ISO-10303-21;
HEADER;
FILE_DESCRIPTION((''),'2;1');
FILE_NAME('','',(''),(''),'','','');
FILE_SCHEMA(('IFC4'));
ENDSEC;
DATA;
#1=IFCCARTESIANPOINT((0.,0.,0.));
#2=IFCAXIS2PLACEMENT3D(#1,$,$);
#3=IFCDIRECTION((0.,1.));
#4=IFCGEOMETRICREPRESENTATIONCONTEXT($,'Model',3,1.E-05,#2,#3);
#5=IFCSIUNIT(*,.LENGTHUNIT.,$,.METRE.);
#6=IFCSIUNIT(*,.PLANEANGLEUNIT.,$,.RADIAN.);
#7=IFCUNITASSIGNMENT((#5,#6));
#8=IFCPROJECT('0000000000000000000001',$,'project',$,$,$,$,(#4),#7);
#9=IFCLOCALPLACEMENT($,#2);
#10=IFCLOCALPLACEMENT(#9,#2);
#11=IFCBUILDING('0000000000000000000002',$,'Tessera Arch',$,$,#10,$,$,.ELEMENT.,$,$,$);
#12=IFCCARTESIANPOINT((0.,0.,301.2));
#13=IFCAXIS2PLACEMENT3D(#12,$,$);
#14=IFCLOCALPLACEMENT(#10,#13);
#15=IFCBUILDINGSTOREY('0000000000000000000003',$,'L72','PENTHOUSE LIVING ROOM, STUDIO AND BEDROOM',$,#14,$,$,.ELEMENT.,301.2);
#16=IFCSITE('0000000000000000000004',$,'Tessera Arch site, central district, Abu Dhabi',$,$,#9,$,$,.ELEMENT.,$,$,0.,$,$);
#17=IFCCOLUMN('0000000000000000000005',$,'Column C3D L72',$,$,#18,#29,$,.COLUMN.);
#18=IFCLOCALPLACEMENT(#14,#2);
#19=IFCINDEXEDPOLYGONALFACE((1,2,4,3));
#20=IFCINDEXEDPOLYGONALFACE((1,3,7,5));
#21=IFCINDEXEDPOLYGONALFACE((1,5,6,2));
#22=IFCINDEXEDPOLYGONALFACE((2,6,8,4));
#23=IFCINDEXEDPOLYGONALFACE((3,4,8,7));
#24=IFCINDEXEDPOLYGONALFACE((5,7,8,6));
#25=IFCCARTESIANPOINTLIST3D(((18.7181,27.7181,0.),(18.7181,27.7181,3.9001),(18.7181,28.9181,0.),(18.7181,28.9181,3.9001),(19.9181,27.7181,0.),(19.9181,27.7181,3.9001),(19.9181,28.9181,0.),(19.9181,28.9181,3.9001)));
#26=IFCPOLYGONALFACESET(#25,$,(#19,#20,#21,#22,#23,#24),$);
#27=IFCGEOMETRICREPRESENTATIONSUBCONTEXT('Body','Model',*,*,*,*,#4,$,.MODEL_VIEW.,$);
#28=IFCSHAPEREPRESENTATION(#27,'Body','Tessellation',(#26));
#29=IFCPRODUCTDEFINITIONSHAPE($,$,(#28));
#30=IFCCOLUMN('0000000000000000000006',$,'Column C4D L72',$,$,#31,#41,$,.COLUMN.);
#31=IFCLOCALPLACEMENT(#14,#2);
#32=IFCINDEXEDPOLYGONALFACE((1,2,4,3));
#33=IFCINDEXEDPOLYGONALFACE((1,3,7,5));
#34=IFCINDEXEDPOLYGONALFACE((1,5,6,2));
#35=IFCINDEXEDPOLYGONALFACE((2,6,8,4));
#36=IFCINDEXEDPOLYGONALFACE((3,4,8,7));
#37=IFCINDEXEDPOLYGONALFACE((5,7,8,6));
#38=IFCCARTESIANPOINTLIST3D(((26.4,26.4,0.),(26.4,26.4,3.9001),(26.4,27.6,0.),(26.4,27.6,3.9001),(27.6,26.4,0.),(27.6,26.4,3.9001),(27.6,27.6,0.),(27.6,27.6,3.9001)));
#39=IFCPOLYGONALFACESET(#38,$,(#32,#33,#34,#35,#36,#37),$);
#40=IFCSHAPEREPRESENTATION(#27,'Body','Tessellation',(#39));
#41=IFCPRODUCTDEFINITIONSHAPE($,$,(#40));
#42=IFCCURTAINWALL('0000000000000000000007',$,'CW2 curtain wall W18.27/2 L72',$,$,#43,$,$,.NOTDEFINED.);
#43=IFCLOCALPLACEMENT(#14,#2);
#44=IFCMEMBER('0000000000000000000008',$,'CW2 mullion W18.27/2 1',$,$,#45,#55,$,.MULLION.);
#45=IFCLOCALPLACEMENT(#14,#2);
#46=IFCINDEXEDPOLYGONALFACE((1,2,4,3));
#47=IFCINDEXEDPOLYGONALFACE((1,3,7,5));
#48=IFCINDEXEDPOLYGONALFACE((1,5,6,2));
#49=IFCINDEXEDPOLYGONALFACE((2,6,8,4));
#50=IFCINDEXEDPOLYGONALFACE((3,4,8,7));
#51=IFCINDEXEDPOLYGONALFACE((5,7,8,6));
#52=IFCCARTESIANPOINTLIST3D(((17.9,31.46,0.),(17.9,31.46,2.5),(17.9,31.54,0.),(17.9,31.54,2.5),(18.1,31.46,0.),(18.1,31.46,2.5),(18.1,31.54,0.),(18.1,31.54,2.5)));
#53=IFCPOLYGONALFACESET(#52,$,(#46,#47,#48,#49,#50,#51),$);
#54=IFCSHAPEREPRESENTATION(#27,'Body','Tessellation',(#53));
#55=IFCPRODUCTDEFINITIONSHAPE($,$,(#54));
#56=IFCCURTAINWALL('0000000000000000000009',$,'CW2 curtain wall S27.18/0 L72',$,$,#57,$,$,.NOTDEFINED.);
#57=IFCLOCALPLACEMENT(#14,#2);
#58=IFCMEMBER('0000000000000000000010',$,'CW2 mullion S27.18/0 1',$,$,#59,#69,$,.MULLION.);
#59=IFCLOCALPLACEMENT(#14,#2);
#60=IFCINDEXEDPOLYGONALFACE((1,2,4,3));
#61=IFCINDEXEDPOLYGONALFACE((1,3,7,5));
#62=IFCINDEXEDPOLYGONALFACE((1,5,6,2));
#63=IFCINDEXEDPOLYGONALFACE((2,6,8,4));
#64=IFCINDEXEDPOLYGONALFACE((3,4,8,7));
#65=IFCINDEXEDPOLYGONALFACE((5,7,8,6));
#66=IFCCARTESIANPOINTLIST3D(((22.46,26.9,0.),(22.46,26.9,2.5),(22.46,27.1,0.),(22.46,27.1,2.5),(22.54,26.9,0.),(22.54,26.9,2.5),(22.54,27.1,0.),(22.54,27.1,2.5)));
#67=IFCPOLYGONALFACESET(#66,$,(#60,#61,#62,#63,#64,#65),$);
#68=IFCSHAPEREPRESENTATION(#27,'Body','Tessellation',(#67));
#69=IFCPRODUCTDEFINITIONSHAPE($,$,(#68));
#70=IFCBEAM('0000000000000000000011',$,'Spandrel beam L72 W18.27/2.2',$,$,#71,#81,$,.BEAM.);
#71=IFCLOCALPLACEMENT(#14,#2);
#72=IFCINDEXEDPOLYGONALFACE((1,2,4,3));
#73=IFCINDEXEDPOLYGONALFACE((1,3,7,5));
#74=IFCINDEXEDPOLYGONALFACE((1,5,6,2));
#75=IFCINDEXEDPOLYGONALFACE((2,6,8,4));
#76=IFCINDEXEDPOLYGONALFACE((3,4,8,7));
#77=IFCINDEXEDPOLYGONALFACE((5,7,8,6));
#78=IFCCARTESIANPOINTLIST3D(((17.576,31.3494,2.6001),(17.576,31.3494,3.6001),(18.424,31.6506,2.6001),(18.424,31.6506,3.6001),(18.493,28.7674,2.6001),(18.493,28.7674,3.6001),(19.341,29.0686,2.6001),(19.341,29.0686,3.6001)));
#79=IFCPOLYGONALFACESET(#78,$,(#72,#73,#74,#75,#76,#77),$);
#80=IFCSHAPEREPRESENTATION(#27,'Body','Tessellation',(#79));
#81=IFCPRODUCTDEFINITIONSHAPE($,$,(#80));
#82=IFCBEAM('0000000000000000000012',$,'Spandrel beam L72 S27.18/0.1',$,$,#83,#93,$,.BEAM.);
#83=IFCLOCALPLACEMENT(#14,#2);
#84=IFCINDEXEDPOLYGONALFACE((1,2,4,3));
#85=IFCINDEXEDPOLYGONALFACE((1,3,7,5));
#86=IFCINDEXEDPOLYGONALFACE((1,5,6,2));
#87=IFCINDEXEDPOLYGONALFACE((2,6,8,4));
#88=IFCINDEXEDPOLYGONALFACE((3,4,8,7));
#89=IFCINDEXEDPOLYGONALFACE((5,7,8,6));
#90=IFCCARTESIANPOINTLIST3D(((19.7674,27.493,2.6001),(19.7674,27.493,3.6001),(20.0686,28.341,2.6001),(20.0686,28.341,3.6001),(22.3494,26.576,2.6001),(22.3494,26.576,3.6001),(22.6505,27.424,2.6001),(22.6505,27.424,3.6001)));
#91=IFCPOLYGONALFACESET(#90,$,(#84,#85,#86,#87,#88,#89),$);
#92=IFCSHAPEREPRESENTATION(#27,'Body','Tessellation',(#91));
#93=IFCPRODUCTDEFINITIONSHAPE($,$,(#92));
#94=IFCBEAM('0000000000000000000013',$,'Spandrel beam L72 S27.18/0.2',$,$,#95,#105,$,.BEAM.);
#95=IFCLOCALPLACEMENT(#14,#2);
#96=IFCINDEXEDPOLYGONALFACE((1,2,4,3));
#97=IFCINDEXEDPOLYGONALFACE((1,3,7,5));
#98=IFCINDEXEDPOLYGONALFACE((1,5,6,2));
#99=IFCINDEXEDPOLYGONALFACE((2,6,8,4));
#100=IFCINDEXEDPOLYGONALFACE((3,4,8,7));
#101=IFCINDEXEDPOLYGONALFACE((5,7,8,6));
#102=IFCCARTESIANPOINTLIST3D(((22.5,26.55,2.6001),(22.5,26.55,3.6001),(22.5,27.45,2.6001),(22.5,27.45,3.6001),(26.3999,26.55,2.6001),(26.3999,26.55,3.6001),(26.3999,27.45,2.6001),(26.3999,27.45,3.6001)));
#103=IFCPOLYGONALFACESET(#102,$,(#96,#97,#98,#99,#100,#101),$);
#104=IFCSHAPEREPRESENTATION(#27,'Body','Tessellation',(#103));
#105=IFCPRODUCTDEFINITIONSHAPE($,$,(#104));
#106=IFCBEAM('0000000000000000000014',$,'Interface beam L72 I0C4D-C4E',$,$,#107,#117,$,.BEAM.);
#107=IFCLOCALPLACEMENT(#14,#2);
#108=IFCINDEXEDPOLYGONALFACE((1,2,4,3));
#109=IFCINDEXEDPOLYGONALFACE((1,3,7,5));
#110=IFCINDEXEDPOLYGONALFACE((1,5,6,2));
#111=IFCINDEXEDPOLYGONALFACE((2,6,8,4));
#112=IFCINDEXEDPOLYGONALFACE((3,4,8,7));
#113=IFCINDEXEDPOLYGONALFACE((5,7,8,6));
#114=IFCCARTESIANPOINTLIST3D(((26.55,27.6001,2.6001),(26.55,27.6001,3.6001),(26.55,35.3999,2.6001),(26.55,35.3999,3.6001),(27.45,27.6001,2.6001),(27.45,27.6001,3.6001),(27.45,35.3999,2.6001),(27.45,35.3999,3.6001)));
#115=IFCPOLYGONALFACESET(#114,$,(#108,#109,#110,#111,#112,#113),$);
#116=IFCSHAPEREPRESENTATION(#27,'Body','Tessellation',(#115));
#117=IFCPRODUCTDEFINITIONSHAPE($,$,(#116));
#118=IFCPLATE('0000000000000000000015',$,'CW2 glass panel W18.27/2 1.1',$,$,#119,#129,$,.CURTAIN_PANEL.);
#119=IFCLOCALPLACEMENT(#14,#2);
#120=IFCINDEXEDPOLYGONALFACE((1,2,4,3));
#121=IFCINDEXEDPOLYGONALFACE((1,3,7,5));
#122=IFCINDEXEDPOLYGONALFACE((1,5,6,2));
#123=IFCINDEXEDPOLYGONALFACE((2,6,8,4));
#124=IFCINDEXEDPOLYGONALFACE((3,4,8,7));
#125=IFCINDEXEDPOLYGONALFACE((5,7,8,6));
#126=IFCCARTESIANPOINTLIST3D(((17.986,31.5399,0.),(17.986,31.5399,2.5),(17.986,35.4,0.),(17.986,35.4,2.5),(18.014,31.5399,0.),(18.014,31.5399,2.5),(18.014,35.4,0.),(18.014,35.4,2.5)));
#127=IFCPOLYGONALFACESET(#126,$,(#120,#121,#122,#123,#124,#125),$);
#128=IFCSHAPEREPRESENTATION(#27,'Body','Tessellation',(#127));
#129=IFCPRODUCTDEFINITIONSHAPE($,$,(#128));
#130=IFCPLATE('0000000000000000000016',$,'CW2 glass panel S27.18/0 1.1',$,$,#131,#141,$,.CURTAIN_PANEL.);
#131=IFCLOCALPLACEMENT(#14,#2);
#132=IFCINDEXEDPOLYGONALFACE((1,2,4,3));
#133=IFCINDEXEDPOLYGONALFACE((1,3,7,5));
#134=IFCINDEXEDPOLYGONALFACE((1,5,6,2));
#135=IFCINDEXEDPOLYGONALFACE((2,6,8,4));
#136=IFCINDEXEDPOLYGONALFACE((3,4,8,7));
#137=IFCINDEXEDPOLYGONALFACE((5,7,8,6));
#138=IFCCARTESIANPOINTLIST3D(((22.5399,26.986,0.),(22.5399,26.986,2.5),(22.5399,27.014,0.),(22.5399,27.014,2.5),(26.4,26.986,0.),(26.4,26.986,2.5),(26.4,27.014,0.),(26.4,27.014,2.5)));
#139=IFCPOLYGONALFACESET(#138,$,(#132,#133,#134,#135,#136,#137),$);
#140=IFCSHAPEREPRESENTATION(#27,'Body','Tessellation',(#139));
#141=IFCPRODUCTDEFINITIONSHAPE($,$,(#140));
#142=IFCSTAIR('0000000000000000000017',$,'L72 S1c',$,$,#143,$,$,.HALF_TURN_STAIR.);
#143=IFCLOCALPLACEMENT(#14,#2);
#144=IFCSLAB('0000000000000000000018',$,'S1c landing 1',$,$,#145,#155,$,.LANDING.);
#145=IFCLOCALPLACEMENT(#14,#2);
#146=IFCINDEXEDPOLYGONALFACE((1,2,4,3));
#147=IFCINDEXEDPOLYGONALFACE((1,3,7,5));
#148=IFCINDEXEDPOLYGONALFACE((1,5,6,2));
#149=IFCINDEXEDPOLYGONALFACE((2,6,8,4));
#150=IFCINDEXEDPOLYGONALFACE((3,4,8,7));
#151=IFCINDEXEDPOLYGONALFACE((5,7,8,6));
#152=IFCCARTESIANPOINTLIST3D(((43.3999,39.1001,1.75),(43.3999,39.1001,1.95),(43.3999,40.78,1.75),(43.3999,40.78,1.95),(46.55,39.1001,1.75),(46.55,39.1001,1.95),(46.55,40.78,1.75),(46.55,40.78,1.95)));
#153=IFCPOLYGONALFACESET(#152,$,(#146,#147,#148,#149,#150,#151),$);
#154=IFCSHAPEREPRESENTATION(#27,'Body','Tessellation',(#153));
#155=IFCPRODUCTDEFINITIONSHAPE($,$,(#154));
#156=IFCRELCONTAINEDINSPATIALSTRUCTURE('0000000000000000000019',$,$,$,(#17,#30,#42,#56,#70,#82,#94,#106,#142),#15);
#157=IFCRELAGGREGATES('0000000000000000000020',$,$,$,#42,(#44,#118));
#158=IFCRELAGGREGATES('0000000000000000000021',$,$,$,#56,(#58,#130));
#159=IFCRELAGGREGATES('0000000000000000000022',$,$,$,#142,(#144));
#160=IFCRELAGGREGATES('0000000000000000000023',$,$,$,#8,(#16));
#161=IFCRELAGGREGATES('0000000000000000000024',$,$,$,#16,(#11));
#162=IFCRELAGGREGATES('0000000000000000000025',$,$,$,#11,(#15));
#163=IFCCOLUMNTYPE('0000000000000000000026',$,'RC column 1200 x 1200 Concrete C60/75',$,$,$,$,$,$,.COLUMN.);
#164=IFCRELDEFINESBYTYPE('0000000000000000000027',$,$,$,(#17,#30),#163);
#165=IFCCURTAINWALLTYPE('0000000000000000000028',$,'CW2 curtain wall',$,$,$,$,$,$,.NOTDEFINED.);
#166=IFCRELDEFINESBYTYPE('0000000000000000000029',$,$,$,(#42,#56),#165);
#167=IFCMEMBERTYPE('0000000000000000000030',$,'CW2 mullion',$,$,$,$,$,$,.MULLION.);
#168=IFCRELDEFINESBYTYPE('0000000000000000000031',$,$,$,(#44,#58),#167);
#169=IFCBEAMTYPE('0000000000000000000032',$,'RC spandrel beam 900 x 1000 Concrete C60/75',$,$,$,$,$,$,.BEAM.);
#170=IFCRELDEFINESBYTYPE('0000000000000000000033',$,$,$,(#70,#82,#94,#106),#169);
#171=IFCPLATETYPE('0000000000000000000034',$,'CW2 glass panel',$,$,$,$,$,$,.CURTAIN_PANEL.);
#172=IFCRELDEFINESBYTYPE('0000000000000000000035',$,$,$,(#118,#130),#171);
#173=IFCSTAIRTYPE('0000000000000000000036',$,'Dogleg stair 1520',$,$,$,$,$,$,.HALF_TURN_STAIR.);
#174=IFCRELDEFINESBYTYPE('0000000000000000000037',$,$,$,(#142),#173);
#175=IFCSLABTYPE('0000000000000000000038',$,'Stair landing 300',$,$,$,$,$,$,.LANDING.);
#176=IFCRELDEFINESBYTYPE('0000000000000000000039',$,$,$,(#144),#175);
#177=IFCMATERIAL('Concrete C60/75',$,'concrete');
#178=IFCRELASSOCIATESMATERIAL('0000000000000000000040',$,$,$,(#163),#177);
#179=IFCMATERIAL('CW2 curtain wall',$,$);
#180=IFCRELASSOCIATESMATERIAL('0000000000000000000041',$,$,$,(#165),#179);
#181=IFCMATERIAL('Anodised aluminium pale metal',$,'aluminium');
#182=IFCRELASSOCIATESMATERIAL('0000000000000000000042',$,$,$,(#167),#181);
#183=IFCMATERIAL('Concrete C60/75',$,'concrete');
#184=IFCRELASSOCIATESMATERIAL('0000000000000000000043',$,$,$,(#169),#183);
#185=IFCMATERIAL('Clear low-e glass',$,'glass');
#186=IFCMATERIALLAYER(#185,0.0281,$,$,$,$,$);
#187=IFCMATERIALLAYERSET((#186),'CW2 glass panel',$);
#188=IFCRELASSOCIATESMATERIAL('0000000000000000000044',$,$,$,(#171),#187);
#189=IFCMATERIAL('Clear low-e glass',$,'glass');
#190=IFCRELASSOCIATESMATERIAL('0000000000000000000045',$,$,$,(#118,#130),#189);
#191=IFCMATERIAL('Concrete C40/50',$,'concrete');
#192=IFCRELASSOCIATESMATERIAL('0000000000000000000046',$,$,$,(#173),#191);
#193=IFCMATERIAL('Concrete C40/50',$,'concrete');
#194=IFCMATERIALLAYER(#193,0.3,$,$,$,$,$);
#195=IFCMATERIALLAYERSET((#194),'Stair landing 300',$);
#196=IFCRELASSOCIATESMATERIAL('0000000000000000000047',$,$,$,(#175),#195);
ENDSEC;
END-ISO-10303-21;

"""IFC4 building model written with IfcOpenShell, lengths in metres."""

from ifc_helpers import new_model, si_unit, direction, frame, origin, origin_2d, place, context, subcontext, project, spatial, polyline, rectangle, outline, extrude, material, layer, layer_set, material_profile, profile_set, type_object, element, aggregate, save


model = new_model("IFC4")

# Units and contexts
model_context = context("Model", 3, precision=1e-05, world=origin(), true_north=direction((0.0, 1.0)))
body_context = subcontext(model_context, "Body", "Model", "MODEL_VIEW")
ifc_project = project(units=[si_unit("LENGTHUNIT", "METRE"), si_unit("PLANEANGLEUNIT", "RADIAN")], contexts=[model_context])

# Site, building, storey
site_placement = place(None, origin())
site = spatial("IfcSite", under=ifc_project, at=site_placement, Name="Tessera Arch site, central district, Abu Dhabi", CompositionType="ELEMENT", RefElevation=0.0)
building_placement = place(site_placement, origin())
building = spatial("IfcBuilding", under=site, at=building_placement, Name="Tessera Arch", CompositionType="ELEMENT")
storey_placement = place(building_placement, frame((0.0, 0.0, 301.2)))
storey = spatial("IfcBuildingStorey", under=building, at=storey_placement, Name="L72", Description="PENTHOUSE LIVING ROOM, STUDIO AND BEDROOM", CompositionType="ELEMENT", Elevation=301.2)

# Columns
ifc_material_1 = material(Name="Concrete C60/75", Category="concrete")
ifc_material_profile_1 = material_profile(ifc_material_1, rectangle(XDim=1.2, YDim=1.2, at=origin_2d()), Name="RC column 1200 x 1200 Concrete C60/75")
ifc_profile_set_1 = profile_set([ifc_material_profile_1], Name="Concrete C60/75")
column_type = type_object("IfcColumnType", Name="RC column 1200 x 1200 Concrete C60/75", PredefinedType="COLUMN", material=ifc_profile_set_1)
for number, where, z_axis, x_axis, name in (
    (1, (19.3181, 28.3181, 0.0), (0.0, 0.0, 1.0), (1.0, 0.0, 0.0), "Column C3D L72"),
    (2, (27.0, 27.0, 0.0), (0.0, 0.0, 1.0), (1.0, 0.0, 0.0), "Column C4D L72"),
):
    element("IfcColumn", number, at=place(storey_placement, frame(where, z_axis=z_axis, x_axis=x_axis)), inside=storey, type_object=column_type, Name=name, PredefinedType="COLUMN", context=body_context, shape_type="SweptSolid", body=[
        extrude(rectangle(XDim=1.2, YDim=1.2, at=origin_2d()), origin(), (0.0, 0.0, 1.0), 3.9001),
    ])

# Curtain walls, members
ifc_material_2 = material(Name="CW2 curtain wall")
curtain_wall_type = type_object("IfcCurtainWallType", Name="CW2 curtain wall", PredefinedType="NOTDEFINED", material=ifc_material_2)
curtain_wall_1_placement = place(storey_placement, origin())
curtain_wall_1 = element("IfcCurtainWall", 3, at=curtain_wall_1_placement, inside=storey, type_object=curtain_wall_type, Name="CW2 curtain wall W18.27/2 L72", PredefinedType="NOTDEFINED")
ifc_material_3 = material(Name="Anodised aluminium pale metal", Category="aluminium")
ifc_material_profile_2 = material_profile(ifc_material_3, rectangle(XDim=0.2, YDim=0.0801, at=origin_2d()), Name="AL 80x200")
ifc_profile_set_2 = profile_set([ifc_material_profile_2], Name="Anodised aluminium pale metal")
member_type = type_object("IfcMemberType", Name="CW2 mullion", PredefinedType="MULLION", material=ifc_profile_set_2)
member_1_placement = place(storey_placement, frame((18.0, 31.5, 0.0), z_axis=(0.0, 0.0, 1.0), x_axis=(1.0, 0.0, 0.0)))
member_1 = element("IfcMember", 4, at=member_1_placement, type_object=member_type, Name="CW2 mullion W18.27/2 1", PredefinedType="MULLION", context=body_context, shape_type="SweptSolid", body=[
    extrude(rectangle(XDim=0.2, YDim=0.0801, at=origin_2d()), origin(), (0.0, 0.0, 1.0), 2.5),
])
curtain_wall_2_placement = place(storey_placement, origin())
curtain_wall_2 = element("IfcCurtainWall", 5, at=curtain_wall_2_placement, inside=storey, type_object=curtain_wall_type, Name="CW2 curtain wall S27.18/0 L72", PredefinedType="NOTDEFINED")
member_2_placement = place(storey_placement, frame((22.5, 27.0, 0.0), z_axis=(0.0, 0.0, 1.0), x_axis=(0.0, 1.0, 0.0)))
member_2 = element("IfcMember", 6, at=member_2_placement, type_object=member_type, Name="CW2 mullion S27.18/0 1", PredefinedType="MULLION", context=body_context, shape_type="SweptSolid", body=[
    extrude(rectangle(XDim=0.2, YDim=0.0801, at=origin_2d()), origin(), (0.0, 0.0, 1.0), 2.5),
])

# Beams
ifc_material_4 = material(Name="Concrete C60/75", Category="concrete")
ifc_material_profile_3 = material_profile(ifc_material_4, rectangle(XDim=0.8999, YDim=1.0, at=origin_2d()), Name="RC spandrel beam 900 x 1000 Concrete C60/75")
ifc_profile_set_3 = profile_set([ifc_material_profile_3], Name="Concrete C60/75")
beam_type = type_object("IfcBeamType", Name="RC spandrel beam 900 x 1000 Concrete C60/75", PredefinedType="BEAM", material=ifc_profile_set_3)
for number, where, z_axis, x_axis, name in (
    (7, (18.0, 31.5, 3.1001), (0.334665, -0.942337, 0.0), (0.942337, 0.334665, 0.0), "Spandrel beam L72 W18.27/2.2"),
    (8, (19.918, 27.917, 3.1001), (0.942337, -0.334665, 0.0), (0.334665, 0.942337, 0.0), "Spandrel beam L72 S27.18/0.1"),
):
    element("IfcBeam", number, at=place(storey_placement, frame(where, z_axis=z_axis, x_axis=x_axis)), inside=storey, type_object=beam_type, Name=name, PredefinedType="BEAM", context=body_context, shape_type="SweptSolid", body=[
        extrude(rectangle(XDim=0.8999, YDim=1.0, at=origin_2d()), origin(), (0.0, 0.0, 1.0), 2.74),
    ])
beam_1_placement = place(storey_placement, frame((22.5, 27.0, 3.1001), z_axis=(1.0, 0.0, 0.0), x_axis=(0.0, 1.0, 0.0)))
element("IfcBeam", 9, at=beam_1_placement, inside=storey, type_object=beam_type, Name="Spandrel beam L72 S27.18/0.2", PredefinedType="BEAM", context=body_context, shape_type="SweptSolid", body=[
    extrude(rectangle(XDim=0.8999, YDim=1.0, at=origin_2d()), origin(), (0.0, 0.0, 1.0), 3.8999),
])
beam_2_placement = place(storey_placement, frame((27.0, 27.6001, 3.1001), z_axis=(0.0, 1.0, 0.0), x_axis=(-1.0, 0.0, 0.0)))
element("IfcBeam", 10, at=beam_2_placement, inside=storey, type_object=beam_type, Name="Interface beam L72 I0C4D-C4E", PredefinedType="BEAM", context=body_context, shape_type="SweptSolid", body=[
    extrude(rectangle(XDim=0.8999, YDim=1.0, at=origin_2d()), origin(), (0.0, 0.0, 1.0), 7.7998),
])

# Plates
ifc_material_5 = material(Name="Clear low-e glass", Category="glass")
ifc_material_6 = material(Name="Clear low-e glass", Category="glass")
ifc_layer_1 = layer(ifc_material_6, 0.0281)
ifc_layer_set_1 = layer_set([ifc_layer_1], Name="CW2 glass panel")
plate_type = type_object("IfcPlateType", Name="CW2 glass panel", PredefinedType="CURTAIN_PANEL", material=ifc_layer_set_1)
plate_1_placement = place(storey_placement, frame((18.0, 33.47, 0.0), z_axis=(0.0, 0.0, 1.0), x_axis=(0.0, -1.0, 0.0)))
plate_1 = element("IfcPlate", 11, at=plate_1_placement, type_object=plate_type, material=ifc_material_5, Name="CW2 glass panel W18.27/2 1.1", PredefinedType="CURTAIN_PANEL", context=body_context, shape_type="SweptSolid", body=[
    extrude(rectangle(XDim=3.8601, YDim=0.0281, at=origin_2d()), origin(), (0.0, 0.0, 1.0), 2.5),
])
aggregate(curtain_wall_1, [member_1, plate_1])
plate_2_placement = place(storey_placement, frame((24.47, 27.0, 0.0), z_axis=(0.0, 0.0, 1.0), x_axis=(1.0, 0.0, 0.0)))
plate_2 = element("IfcPlate", 12, at=plate_2_placement, type_object=plate_type, material=ifc_material_5, Name="CW2 glass panel S27.18/0 1.1", PredefinedType="CURTAIN_PANEL", context=body_context, shape_type="SweptSolid", body=[
    extrude(rectangle(XDim=3.8601, YDim=0.0281, at=origin_2d()), origin(), (0.0, 0.0, 1.0), 2.5),
])
aggregate(curtain_wall_2, [member_2, plate_2])

# Stair, slab
ifc_material_7 = material(Name="Concrete C40/50", Category="concrete")
stair_type = type_object("IfcStairType", Name="Dogleg stair 1520", PredefinedType="HALF_TURN_STAIR", material=ifc_material_7)
stair_placement = place(storey_placement, origin())
stair = element("IfcStair", 13, at=stair_placement, inside=storey, type_object=stair_type, Name="L72 S1c", PredefinedType="HALF_TURN_STAIR")
ifc_material_8 = material(Name="Concrete C40/50", Category="concrete")
ifc_layer_2 = layer(ifc_material_8, 0.3)
ifc_layer_set_2 = layer_set([ifc_layer_2], Name="Stair landing 300")
slab_type = type_object("IfcSlabType", Name="Stair landing 300", PredefinedType="LANDING", material=ifc_layer_set_2)
slab_placement = place(storey_placement, frame((0.0, 0.0, 1.75)))
slab = element("IfcSlab", 14, at=slab_placement, type_object=slab_type, Name="S1c landing 1", PredefinedType="LANDING", context=body_context, shape_type="SweptSolid", body=[
    extrude(outline(polyline([(43.3999, 40.78), (43.3999, 39.1001), (46.55, 39.1001), (46.55, 40.78), (43.3999, 40.78)])), origin(), (0.0, 0.0, 1.0), 0.2),
])
aggregate(stair, [slab])

save(model, "model.ifc")
